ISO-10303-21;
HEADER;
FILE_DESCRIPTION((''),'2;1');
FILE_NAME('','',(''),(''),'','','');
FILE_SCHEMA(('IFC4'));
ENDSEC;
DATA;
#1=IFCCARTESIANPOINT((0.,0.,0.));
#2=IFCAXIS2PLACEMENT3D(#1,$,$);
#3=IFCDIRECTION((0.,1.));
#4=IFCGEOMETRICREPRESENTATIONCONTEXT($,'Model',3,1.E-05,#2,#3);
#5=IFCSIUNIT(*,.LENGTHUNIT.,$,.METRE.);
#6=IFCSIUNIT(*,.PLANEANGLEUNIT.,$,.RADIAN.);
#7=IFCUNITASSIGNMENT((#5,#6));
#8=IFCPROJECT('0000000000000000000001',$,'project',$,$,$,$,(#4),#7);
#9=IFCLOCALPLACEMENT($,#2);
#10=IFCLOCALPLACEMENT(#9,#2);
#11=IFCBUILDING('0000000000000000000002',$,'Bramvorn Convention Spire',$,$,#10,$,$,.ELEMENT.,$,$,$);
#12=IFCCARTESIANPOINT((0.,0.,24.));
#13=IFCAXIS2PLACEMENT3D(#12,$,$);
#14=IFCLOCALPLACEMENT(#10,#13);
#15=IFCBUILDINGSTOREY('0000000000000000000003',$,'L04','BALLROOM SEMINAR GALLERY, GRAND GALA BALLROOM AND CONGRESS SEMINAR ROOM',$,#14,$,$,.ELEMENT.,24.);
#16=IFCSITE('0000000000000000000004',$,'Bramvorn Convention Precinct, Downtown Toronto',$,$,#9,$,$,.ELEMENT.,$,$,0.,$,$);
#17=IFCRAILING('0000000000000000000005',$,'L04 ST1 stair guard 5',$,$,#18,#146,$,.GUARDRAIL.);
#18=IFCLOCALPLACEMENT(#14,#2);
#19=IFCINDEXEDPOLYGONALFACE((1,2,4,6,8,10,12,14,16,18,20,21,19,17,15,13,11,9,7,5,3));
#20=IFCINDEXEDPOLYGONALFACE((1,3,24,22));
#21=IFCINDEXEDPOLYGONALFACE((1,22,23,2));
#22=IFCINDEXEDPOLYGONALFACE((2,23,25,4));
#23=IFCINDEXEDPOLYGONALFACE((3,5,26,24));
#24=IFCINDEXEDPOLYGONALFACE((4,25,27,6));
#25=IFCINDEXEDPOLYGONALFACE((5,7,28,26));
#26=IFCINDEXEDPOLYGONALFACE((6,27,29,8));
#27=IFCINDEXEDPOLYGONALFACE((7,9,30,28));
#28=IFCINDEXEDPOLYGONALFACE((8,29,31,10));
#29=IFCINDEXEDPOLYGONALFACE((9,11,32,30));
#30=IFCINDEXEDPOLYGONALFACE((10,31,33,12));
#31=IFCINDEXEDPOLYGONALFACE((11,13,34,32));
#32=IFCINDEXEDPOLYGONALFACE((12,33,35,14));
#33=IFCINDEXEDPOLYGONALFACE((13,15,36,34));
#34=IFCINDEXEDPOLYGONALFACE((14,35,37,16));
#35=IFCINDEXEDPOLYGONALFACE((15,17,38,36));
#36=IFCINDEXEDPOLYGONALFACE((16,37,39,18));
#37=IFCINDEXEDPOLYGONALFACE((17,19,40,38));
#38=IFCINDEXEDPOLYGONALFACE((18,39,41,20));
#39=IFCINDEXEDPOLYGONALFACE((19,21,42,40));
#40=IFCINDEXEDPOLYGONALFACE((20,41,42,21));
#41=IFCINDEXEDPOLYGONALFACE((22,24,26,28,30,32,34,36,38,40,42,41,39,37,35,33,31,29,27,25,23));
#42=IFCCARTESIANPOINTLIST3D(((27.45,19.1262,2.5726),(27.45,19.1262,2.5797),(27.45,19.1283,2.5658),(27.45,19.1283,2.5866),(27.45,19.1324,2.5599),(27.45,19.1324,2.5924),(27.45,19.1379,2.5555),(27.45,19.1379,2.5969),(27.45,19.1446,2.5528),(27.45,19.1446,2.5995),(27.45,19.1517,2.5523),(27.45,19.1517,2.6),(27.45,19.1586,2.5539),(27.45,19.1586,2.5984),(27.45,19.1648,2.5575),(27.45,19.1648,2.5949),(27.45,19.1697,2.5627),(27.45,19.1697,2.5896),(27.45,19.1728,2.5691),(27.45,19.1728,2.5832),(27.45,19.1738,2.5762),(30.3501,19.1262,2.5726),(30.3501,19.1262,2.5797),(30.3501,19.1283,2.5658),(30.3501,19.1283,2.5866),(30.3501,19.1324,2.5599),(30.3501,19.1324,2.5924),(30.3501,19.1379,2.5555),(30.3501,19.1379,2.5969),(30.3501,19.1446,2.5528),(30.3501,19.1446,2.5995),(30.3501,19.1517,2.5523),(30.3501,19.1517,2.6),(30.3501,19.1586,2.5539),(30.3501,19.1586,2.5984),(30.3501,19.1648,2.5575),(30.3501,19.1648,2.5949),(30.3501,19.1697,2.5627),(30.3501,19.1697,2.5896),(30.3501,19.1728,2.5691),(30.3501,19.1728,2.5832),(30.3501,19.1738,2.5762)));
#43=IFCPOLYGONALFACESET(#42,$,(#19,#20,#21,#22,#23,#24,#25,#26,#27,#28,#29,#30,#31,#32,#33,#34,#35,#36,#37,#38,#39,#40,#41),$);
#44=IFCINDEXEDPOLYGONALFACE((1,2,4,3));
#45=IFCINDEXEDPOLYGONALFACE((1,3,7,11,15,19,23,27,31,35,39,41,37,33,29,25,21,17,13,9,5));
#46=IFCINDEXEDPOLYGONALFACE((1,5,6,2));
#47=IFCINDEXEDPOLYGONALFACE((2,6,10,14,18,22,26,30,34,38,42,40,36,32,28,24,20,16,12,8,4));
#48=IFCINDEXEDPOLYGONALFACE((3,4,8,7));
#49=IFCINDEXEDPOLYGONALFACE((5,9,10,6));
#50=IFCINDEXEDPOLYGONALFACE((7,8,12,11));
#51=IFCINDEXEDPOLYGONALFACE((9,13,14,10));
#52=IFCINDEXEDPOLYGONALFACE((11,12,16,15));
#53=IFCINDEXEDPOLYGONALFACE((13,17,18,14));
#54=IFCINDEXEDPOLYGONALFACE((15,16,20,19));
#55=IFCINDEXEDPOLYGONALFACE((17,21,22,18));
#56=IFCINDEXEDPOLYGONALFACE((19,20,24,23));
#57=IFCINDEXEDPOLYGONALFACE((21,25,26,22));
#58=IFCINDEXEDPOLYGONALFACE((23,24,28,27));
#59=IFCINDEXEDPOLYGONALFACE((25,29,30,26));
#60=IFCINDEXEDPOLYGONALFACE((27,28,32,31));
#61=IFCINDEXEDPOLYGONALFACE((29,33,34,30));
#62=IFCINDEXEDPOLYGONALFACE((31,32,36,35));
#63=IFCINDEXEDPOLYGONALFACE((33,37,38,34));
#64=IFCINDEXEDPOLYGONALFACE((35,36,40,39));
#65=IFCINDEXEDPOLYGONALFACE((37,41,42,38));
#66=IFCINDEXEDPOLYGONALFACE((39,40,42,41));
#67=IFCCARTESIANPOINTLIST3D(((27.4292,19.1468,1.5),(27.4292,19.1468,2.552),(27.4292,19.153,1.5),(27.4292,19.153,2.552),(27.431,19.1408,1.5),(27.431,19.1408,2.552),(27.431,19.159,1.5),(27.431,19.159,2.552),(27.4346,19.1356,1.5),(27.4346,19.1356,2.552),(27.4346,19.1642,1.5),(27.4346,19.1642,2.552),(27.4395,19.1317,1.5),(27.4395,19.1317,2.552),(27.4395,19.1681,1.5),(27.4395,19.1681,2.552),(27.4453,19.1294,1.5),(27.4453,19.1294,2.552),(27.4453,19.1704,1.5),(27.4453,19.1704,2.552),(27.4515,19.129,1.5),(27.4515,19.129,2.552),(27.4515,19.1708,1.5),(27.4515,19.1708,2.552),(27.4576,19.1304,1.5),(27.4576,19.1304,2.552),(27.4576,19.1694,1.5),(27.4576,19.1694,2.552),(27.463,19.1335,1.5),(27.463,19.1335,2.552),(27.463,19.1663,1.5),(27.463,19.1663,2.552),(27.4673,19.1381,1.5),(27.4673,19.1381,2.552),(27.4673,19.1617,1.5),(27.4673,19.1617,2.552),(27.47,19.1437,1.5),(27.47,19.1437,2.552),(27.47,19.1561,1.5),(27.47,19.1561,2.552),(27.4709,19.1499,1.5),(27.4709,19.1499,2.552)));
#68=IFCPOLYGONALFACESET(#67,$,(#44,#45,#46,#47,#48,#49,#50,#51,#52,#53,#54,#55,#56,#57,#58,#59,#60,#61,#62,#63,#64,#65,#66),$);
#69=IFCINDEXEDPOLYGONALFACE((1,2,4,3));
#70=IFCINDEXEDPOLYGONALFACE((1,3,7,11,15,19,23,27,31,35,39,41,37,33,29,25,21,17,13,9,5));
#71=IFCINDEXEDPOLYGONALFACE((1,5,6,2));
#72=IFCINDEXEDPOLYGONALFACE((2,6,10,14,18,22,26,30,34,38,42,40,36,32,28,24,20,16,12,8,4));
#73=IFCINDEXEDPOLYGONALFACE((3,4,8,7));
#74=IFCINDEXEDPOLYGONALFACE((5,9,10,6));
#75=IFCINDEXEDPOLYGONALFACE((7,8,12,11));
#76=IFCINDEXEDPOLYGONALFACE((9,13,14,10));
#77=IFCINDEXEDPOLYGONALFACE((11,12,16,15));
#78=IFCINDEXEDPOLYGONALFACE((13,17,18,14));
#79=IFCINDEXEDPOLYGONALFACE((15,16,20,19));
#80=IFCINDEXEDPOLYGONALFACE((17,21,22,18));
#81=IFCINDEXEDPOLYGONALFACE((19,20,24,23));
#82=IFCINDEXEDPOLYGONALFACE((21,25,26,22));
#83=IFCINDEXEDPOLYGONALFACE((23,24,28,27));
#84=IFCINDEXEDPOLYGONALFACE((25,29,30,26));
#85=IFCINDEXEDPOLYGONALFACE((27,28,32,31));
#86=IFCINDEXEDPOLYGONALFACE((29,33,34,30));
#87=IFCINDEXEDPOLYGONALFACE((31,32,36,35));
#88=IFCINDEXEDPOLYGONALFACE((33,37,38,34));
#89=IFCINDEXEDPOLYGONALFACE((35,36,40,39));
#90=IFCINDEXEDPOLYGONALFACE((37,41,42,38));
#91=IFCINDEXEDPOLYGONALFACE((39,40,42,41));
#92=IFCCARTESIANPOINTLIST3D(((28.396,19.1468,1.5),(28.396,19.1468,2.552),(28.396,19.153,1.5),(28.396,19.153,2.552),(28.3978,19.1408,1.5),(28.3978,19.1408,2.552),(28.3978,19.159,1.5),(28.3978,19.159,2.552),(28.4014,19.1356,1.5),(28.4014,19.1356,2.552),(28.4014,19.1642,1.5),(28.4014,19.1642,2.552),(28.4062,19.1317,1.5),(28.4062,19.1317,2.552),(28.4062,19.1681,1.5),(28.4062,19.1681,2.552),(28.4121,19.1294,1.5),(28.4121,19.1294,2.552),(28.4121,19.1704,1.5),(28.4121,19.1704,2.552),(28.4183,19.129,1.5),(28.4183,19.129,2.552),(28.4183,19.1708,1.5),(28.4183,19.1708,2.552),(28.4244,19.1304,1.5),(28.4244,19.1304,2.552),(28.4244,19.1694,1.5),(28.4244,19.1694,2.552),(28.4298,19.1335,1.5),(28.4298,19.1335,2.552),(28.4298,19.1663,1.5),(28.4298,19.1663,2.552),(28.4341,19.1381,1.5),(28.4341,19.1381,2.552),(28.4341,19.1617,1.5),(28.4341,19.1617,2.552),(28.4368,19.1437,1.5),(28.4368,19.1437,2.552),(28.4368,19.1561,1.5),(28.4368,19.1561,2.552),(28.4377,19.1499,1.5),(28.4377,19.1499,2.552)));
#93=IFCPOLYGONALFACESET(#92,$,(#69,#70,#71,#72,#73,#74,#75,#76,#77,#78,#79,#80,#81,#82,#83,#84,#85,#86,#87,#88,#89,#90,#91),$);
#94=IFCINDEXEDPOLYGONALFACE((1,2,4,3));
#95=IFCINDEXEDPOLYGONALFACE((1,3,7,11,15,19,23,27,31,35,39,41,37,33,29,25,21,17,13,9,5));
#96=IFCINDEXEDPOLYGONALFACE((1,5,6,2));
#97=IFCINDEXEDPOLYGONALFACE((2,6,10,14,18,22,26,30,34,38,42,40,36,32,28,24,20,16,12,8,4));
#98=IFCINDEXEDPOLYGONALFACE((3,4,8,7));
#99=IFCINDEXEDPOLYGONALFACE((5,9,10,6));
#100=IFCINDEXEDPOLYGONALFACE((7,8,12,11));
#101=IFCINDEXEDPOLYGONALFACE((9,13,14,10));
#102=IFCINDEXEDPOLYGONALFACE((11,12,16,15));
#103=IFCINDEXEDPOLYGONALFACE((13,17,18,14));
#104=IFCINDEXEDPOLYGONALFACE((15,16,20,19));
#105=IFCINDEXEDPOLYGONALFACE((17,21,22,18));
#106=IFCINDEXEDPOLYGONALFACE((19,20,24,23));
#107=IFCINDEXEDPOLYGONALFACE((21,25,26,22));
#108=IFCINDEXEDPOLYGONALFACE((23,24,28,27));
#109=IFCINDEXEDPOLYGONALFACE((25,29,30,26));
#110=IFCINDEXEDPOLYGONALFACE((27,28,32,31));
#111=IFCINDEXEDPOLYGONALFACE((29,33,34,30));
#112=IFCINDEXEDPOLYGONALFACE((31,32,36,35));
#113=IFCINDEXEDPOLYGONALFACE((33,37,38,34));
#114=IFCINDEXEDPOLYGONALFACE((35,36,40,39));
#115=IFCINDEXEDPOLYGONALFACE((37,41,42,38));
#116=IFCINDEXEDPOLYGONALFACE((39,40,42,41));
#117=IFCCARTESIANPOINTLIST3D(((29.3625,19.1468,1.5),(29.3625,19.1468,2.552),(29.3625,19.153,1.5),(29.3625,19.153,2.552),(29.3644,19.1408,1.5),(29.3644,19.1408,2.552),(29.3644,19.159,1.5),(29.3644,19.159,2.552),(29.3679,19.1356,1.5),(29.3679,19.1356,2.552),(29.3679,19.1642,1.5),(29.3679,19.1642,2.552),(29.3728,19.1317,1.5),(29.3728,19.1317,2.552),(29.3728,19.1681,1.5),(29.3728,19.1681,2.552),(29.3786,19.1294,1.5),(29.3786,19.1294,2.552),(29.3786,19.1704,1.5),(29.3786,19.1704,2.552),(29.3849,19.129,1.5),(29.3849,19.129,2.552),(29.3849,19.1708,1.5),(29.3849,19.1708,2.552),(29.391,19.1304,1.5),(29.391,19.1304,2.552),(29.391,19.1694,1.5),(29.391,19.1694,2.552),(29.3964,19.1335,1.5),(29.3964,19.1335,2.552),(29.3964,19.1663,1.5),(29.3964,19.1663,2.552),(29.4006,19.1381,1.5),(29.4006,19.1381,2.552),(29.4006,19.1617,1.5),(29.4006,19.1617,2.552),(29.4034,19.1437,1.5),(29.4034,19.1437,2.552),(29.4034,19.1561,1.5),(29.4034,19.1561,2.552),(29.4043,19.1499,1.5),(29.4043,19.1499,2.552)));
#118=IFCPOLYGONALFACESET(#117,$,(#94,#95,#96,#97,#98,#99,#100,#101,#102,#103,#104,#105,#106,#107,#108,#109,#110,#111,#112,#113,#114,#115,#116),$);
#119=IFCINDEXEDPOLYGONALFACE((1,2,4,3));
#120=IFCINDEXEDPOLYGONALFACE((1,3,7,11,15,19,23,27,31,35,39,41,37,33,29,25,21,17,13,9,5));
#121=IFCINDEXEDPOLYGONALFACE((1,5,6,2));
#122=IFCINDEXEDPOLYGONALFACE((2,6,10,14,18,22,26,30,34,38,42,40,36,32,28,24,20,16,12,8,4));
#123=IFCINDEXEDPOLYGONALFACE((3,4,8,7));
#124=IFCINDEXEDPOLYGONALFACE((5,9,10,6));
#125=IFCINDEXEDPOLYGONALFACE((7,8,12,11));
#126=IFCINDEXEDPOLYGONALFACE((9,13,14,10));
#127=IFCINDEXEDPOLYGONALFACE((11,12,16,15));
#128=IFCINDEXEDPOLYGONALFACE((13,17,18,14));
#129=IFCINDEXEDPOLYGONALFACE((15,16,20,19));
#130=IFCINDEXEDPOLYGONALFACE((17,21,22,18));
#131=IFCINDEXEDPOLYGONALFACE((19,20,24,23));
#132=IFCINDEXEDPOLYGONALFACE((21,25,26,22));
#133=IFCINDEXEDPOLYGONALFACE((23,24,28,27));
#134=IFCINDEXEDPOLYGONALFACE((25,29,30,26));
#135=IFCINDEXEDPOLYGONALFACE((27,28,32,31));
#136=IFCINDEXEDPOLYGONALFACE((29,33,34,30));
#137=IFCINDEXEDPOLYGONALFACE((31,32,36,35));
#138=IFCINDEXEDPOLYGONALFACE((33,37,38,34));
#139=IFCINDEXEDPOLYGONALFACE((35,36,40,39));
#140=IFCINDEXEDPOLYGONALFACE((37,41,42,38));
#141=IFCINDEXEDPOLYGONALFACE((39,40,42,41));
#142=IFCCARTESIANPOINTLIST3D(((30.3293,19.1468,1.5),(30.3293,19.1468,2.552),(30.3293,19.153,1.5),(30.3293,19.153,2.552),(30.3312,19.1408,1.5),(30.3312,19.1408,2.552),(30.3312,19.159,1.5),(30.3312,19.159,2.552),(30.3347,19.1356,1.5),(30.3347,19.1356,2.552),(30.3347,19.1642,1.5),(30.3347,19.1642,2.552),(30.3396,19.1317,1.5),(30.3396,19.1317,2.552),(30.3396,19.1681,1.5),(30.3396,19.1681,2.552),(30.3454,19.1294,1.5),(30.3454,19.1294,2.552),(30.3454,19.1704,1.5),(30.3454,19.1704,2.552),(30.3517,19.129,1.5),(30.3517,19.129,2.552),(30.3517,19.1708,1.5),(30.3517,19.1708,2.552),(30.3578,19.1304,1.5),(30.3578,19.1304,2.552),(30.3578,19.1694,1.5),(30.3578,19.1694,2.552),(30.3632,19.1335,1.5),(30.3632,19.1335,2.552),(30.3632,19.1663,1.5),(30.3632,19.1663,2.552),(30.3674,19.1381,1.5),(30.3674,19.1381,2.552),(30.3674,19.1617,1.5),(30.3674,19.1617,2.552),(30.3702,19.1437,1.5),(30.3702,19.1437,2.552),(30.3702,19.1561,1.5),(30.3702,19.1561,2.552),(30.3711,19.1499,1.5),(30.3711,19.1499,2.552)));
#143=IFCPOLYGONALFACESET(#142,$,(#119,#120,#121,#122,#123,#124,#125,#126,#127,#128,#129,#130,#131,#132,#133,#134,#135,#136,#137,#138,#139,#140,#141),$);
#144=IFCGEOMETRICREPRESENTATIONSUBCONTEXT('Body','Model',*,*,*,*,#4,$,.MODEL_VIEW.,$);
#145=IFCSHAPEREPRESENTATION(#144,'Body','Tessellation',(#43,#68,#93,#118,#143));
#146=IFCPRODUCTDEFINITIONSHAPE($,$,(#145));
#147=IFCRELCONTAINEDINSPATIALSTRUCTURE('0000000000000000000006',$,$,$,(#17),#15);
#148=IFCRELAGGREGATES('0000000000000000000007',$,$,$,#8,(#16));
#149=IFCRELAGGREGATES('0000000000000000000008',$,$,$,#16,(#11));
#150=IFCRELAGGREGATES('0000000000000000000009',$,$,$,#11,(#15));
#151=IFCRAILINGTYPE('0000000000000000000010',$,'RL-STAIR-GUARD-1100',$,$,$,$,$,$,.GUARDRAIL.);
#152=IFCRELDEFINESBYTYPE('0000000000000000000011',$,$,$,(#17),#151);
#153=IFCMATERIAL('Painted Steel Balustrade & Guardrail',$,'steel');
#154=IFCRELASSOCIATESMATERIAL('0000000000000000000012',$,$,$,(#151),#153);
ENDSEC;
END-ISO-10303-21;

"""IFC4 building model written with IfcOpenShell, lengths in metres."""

from ifc_helpers import new_model, si_unit, direction, frame, origin, origin_2d, place, context, subcontext, project, spatial, circle, extrude, material, type_object, element, save


model = new_model("IFC4")

# Units and contexts
model_context = context("Model", 3, precision=1e-05, world=origin(), true_north=direction((0.0, 1.0)))
body_context = subcontext(model_context, "Body", "Model", "MODEL_VIEW")
ifc_project = project(units=[si_unit("LENGTHUNIT", "METRE"), si_unit("PLANEANGLEUNIT", "RADIAN")], contexts=[model_context])

# Site, building, storey
site_placement = place(None, origin())
site = spatial("IfcSite", under=ifc_project, at=site_placement, Name="Bramvorn Convention Precinct, Downtown Toronto", CompositionType="ELEMENT", RefElevation=0.0)
building_placement = place(site_placement, origin())
building = spatial("IfcBuilding", under=site, at=building_placement, Name="Bramvorn Convention Spire", CompositionType="ELEMENT")
storey_placement = place(building_placement, frame((0.0, 0.0, 24.0)))
storey = spatial("IfcBuildingStorey", under=building, at=storey_placement, Name="L04", Description="BALLROOM SEMINAR GALLERY, GRAND GALA BALLROOM AND CONGRESS SEMINAR ROOM", CompositionType="ELEMENT", Elevation=24.0)

# Railing
ifc_material_1 = material(Name="Painted Steel Balustrade & Guardrail", Category="steel")
railing_type = type_object("IfcRailingType", Name="RL-STAIR-GUARD-1100", PredefinedType="GUARDRAIL", material=ifc_material_1)
railing_1_placement = place(storey_placement, frame((27.45, 19.1499, 1.5)))
element("IfcRailing", 1, at=railing_1_placement, inside=storey, type_object=railing_type, Name="L04 ST1 stair guard 5", PredefinedType="GUARDRAIL", context=body_context, shape_type="SweptSolid", body=[
    extrude(circle(Radius=0.0239, at=origin_2d()), frame((0.0, 0.0, 1.0762), z_axis=(1.0, 0.0, 0.0), x_axis=(0.0, 1.0, 0.0)), (0.0, 0.0, 1.0), 2.9001),
    extrude(circle(Radius=0.021, at=origin_2d()), origin(), (0.0, 0.0, 1.0), 1.052),
    extrude(circle(Radius=0.021, at=origin_2d()), frame((0.9668, 0.0, 0.0)), (0.0, 0.0, 1.0), 1.052),
    extrude(circle(Radius=0.021, at=origin_2d()), frame((1.9333, 0.0, 0.0)), (0.0, 0.0, 1.0), 1.052),
    extrude(circle(Radius=0.021, at=origin_2d()), frame((2.9001, 0.0, 0.0)), (0.0, 0.0, 1.0), 1.052),
])

save(model, "model.ifc")
